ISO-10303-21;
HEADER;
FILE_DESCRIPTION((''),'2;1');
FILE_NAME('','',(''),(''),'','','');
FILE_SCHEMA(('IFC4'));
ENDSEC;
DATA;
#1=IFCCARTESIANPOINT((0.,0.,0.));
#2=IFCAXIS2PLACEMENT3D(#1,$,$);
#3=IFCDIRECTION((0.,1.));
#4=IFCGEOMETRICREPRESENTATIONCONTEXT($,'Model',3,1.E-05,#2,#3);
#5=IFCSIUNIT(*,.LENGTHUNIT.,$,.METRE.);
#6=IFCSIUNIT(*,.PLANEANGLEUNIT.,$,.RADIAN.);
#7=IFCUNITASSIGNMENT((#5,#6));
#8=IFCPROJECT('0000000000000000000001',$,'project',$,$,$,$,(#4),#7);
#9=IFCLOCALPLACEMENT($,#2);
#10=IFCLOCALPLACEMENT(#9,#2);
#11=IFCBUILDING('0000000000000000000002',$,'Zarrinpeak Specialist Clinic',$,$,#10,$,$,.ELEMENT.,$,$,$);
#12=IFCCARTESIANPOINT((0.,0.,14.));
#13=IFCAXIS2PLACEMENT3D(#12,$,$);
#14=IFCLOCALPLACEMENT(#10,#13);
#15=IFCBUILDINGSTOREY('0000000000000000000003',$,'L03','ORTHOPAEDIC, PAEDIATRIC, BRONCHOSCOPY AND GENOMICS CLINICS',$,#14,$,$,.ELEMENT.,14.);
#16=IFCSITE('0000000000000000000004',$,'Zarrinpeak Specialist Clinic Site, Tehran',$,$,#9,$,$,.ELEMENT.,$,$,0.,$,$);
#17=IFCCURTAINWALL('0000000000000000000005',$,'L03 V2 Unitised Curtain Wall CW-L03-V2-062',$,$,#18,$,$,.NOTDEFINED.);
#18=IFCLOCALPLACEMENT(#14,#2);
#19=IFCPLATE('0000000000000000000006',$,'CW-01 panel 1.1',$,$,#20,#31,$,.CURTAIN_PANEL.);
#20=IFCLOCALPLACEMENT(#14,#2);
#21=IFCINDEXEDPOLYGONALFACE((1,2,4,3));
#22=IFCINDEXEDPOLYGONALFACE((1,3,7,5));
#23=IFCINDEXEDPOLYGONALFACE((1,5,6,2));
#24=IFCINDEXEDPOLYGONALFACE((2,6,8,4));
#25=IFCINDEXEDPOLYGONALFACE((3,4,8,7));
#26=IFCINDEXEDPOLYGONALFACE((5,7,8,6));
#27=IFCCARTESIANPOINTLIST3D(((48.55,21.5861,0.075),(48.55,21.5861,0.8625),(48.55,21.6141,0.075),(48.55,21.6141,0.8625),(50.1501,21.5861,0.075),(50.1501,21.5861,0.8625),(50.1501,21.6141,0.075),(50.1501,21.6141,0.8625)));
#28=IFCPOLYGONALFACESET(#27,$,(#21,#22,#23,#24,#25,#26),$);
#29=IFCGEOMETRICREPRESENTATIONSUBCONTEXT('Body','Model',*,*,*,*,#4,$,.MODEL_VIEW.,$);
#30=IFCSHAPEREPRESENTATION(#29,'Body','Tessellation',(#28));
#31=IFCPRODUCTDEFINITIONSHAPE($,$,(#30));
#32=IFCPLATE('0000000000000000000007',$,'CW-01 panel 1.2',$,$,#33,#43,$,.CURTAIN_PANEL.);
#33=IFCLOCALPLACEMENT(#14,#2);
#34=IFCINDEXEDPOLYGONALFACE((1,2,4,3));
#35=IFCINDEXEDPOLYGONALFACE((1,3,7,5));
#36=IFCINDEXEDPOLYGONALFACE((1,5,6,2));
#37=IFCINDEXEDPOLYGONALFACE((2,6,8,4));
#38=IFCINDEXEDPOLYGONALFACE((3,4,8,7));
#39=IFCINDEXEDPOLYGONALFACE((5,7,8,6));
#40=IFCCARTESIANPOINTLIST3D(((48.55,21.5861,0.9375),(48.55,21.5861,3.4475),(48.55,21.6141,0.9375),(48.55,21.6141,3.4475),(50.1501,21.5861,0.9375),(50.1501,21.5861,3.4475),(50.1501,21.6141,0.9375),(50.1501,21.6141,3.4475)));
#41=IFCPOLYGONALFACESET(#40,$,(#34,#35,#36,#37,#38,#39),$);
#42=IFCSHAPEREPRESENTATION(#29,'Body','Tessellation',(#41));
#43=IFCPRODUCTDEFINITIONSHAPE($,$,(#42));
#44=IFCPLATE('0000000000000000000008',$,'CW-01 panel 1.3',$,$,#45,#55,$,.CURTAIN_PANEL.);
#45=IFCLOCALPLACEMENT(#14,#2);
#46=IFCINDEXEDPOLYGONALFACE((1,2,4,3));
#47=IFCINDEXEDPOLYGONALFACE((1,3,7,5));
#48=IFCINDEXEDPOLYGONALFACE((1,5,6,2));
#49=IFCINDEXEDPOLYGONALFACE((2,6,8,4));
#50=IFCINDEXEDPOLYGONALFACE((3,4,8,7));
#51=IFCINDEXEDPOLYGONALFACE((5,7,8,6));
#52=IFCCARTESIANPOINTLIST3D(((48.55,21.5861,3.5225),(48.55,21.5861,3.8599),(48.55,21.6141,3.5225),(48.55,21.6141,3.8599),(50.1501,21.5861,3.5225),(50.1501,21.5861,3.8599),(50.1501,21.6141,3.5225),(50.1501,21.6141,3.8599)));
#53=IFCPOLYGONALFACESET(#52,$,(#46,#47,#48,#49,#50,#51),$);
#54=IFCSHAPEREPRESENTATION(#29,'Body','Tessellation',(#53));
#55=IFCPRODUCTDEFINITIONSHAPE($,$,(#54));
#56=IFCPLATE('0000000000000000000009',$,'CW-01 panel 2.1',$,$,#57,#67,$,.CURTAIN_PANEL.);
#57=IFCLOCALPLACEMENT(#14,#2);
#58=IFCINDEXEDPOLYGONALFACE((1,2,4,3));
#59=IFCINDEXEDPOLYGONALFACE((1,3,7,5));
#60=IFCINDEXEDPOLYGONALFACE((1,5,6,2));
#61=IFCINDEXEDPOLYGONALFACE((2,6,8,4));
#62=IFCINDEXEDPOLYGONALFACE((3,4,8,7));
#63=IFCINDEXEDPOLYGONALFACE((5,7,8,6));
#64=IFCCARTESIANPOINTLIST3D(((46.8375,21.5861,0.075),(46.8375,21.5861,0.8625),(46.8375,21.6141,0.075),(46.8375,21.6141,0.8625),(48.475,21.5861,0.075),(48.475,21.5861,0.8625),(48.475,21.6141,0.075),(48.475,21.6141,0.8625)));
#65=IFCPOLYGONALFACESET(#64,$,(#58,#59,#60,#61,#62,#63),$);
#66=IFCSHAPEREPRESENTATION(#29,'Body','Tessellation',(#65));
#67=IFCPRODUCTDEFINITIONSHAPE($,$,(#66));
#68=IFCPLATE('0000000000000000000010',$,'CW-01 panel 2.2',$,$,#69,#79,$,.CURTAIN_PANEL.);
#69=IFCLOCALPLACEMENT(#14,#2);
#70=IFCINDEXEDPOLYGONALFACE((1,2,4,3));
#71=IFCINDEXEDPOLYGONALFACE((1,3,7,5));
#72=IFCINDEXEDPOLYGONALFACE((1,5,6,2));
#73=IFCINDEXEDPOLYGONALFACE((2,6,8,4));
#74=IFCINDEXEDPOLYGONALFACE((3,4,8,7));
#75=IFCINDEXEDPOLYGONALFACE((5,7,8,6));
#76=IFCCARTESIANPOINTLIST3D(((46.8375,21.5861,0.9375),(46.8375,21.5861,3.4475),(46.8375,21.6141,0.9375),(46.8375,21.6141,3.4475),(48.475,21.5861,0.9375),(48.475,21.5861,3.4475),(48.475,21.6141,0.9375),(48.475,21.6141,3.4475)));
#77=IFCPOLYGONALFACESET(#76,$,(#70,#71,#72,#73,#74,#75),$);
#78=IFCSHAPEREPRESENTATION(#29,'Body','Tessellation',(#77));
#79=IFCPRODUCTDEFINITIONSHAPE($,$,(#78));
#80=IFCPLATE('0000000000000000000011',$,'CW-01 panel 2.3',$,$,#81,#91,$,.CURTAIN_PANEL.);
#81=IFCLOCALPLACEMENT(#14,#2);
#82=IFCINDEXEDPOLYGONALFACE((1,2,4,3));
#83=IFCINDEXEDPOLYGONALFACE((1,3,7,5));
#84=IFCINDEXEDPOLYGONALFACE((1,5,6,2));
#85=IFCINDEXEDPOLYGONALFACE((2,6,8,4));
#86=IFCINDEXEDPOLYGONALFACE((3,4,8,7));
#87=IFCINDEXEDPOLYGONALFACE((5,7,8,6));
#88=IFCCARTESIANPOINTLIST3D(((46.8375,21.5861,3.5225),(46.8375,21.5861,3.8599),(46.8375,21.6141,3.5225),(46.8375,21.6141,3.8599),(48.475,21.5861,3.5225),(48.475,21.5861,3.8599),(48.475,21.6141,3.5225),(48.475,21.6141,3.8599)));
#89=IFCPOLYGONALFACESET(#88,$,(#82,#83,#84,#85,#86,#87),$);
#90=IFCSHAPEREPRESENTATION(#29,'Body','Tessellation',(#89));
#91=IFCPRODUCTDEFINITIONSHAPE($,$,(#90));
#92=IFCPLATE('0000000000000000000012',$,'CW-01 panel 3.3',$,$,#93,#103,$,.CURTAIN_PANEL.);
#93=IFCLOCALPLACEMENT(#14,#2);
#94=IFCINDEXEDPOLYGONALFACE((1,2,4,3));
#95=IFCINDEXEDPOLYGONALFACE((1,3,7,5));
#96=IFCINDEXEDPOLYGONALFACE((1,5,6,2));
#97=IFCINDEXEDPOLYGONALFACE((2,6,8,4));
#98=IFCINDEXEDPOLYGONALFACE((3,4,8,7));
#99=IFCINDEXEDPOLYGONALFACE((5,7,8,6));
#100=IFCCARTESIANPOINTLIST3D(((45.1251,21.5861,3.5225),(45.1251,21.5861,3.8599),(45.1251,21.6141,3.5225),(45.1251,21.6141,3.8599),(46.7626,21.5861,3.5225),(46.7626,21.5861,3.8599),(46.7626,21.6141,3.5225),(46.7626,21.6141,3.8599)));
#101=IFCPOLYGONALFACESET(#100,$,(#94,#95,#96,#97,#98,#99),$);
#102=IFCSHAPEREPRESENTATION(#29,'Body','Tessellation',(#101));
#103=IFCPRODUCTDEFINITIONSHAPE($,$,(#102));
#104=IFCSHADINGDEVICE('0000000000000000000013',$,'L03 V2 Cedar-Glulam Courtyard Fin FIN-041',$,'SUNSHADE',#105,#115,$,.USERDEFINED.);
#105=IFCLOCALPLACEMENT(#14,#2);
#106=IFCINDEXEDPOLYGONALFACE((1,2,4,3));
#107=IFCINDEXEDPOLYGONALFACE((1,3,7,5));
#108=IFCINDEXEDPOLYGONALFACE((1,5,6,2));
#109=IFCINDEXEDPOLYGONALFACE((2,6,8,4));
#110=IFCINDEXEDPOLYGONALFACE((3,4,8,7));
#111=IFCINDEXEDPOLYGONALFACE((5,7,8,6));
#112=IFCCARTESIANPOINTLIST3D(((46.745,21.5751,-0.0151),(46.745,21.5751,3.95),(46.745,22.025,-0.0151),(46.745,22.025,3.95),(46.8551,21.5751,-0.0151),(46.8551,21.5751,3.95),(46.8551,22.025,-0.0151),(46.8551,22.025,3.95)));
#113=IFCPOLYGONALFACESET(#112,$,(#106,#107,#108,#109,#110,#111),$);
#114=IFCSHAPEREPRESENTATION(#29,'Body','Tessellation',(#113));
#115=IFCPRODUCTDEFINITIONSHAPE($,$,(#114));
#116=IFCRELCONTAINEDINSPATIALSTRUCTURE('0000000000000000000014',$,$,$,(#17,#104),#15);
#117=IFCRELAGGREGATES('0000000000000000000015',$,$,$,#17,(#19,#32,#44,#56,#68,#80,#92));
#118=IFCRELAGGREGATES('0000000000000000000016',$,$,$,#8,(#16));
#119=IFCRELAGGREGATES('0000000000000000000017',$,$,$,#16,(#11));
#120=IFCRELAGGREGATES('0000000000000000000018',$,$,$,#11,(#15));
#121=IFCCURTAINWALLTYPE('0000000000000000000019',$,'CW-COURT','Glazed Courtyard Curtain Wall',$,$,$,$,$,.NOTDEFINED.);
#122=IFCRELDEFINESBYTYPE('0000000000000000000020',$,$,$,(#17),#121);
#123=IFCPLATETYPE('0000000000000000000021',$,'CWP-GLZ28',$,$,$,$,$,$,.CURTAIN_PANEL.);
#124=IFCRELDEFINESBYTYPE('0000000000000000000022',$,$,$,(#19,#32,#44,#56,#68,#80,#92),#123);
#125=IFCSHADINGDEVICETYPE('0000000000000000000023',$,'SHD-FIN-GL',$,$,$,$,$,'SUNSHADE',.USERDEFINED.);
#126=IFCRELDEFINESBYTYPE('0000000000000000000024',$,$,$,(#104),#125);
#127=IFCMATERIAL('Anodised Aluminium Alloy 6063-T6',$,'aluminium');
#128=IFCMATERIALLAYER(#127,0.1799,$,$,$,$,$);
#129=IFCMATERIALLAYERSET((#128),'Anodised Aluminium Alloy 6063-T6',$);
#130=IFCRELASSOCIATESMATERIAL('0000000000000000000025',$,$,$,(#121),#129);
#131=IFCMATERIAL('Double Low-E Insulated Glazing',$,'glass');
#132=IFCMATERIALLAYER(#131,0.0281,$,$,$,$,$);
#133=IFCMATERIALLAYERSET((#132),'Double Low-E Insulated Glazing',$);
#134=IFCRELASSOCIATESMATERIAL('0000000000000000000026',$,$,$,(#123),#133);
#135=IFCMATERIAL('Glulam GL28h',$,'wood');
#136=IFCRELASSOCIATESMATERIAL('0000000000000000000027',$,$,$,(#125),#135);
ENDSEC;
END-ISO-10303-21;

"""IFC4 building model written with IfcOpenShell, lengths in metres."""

from ifc_helpers import new_model, si_unit, direction, frame, origin, origin_2d, place, context, subcontext, project, spatial, rectangle, extrude, material, layer, layer_set, type_object, element, aggregate, save


model = new_model("IFC4")

# Units and contexts
model_context = context("Model", 3, precision=1e-05, world=origin(), true_north=direction((0.0, 1.0)))
body_context = subcontext(model_context, "Body", "Model", "MODEL_VIEW")
ifc_project = project(units=[si_unit("LENGTHUNIT", "METRE"), si_unit("PLANEANGLEUNIT", "RADIAN")], contexts=[model_context])

# Site, building, storey
site_placement = place(None, origin())
site = spatial("IfcSite", under=ifc_project, at=site_placement, Name="Zarrinpeak Specialist Clinic Site, Tehran", CompositionType="ELEMENT", RefElevation=0.0)
building_placement = place(site_placement, origin())
building = spatial("IfcBuilding", under=site, at=building_placement, Name="Zarrinpeak Specialist Clinic", CompositionType="ELEMENT")
storey_placement = place(building_placement, frame((0.0, 0.0, 14.0)))
storey = spatial("IfcBuildingStorey", under=building, at=storey_placement, Name="L03", Description="ORTHOPAEDIC, PAEDIATRIC, BRONCHOSCOPY AND GENOMICS CLINICS", CompositionType="ELEMENT", Elevation=14.0)

# Curtain wall, plates
ifc_material_1 = material(Name="Anodised Aluminium Alloy 6063-T6", Category="aluminium")
ifc_layer_1 = layer(ifc_material_1, 0.1799)
ifc_layer_set_1 = layer_set([ifc_layer_1], Name="Anodised Aluminium Alloy 6063-T6")
curtain_wall_type = type_object("IfcCurtainWallType", Name="CW-COURT", Description="Glazed Courtyard Curtain Wall", PredefinedType="NOTDEFINED", material=ifc_layer_set_1)
curtain_wall_placement = place(storey_placement, origin())
curtain_wall = element("IfcCurtainWall", 1, at=curtain_wall_placement, inside=storey, type_object=curtain_wall_type, Name="L03 V2 Unitised Curtain Wall CW-L03-V2-062", PredefinedType="NOTDEFINED")
ifc_material_2 = material(Name="Double Low-E Insulated Glazing", Category="glass")
ifc_layer_2 = layer(ifc_material_2, 0.0281)
ifc_layer_set_2 = layer_set([ifc_layer_2], Name="Double Low-E Insulated Glazing")
plate_type = type_object("IfcPlateType", Name="CWP-GLZ28", PredefinedType="CURTAIN_PANEL", material=ifc_layer_set_2)
plate_1_placement = place(storey_placement, frame((49.3501, 21.6001, 0.075), z_axis=(0.0, 0.0, 1.0), x_axis=(-1.0, 0.0, 0.0)))
plate_1 = element("IfcPlate", 2, at=plate_1_placement, type_object=plate_type, Name="CW-01 panel 1.1", PredefinedType="CURTAIN_PANEL", context=body_context, shape_type="SweptSolid", body=[
    extrude(rectangle(XDim=1.6001, YDim=0.0281, at=origin_2d()), origin(), (0.0, 0.0, 1.0), 0.7876),
])
plate_2_placement = place(storey_placement, frame((49.3501, 21.6001, 0.9375), z_axis=(0.0, 0.0, 1.0), x_axis=(-1.0, 0.0, 0.0)))
plate_2 = element("IfcPlate", 3, at=plate_2_placement, type_object=plate_type, Name="CW-01 panel 1.2", PredefinedType="CURTAIN_PANEL", context=body_context, shape_type="SweptSolid", body=[
    extrude(rectangle(XDim=1.6001, YDim=0.0281, at=origin_2d()), origin(), (0.0, 0.0, 1.0), 2.51),
])
plate_3_placement = place(storey_placement, frame((49.3501, 21.6001, 3.5225), z_axis=(0.0, 0.0, 1.0), x_axis=(-1.0, 0.0, 0.0)))
plate_3 = element("IfcPlate", 4, at=plate_3_placement, type_object=plate_type, Name="CW-01 panel 1.3", PredefinedType="CURTAIN_PANEL", context=body_context, shape_type="SweptSolid", body=[
    extrude(rectangle(XDim=1.6001, YDim=0.0281, at=origin_2d()), origin(), (0.0, 0.0, 1.0), 0.3374),
])
plate_4_placement = place(storey_placement, frame((47.6562, 21.6001, 0.075), z_axis=(0.0, 0.0, 1.0), x_axis=(-1.0, 0.0, 0.0)))
plate_4 = element("IfcPlate", 5, at=plate_4_placement, type_object=plate_type, Name="CW-01 panel 2.1", PredefinedType="CURTAIN_PANEL", context=body_context, shape_type="SweptSolid", body=[
    extrude(rectangle(XDim=1.6375, YDim=0.0281, at=origin_2d()), origin(), (0.0, 0.0, 1.0), 0.7876),
])
plate_5_placement = place(storey_placement, frame((47.6562, 21.6001, 0.9375), z_axis=(0.0, 0.0, 1.0), x_axis=(-1.0, 0.0, 0.0)))
plate_5 = element("IfcPlate", 6, at=plate_5_placement, type_object=plate_type, Name="CW-01 panel 2.2", PredefinedType="CURTAIN_PANEL", context=body_context, shape_type="SweptSolid", body=[
    extrude(rectangle(XDim=1.6375, YDim=0.0281, at=origin_2d()), origin(), (0.0, 0.0, 1.0), 2.51),
])
plate_6_placement = place(storey_placement, frame((47.6562, 21.6001, 3.5225), z_axis=(0.0, 0.0, 1.0), x_axis=(-1.0, 0.0, 0.0)))
plate_6 = element("IfcPlate", 7, at=plate_6_placement, type_object=plate_type, Name="CW-01 panel 2.3", PredefinedType="CURTAIN_PANEL", context=body_context, shape_type="SweptSolid", body=[
    extrude(rectangle(XDim=1.6375, YDim=0.0281, at=origin_2d()), origin(), (0.0, 0.0, 1.0), 0.3374),
])
plate_7_placement = place(storey_placement, frame((45.9438, 21.6001, 3.5225), z_axis=(0.0, 0.0, 1.0), x_axis=(-1.0, 0.0, 0.0)))
plate_7 = element("IfcPlate", 8, at=plate_7_placement, type_object=plate_type, Name="CW-01 panel 3.3", PredefinedType="CURTAIN_PANEL", context=body_context, shape_type="SweptSolid", body=[
    extrude(rectangle(XDim=1.6375, YDim=0.0281, at=origin_2d()), origin(), (0.0, 0.0, 1.0), 0.3374),
])
aggregate(curtain_wall, [plate_1, plate_2, plate_3, plate_4, plate_5, plate_6, plate_7])

# Shading device
ifc_material_3 = material(Name="Glulam GL28h", Category="wood")
shading_device_type = type_object("IfcShadingDeviceType", Name="SHD-FIN-GL", ElementType="SUNSHADE", PredefinedType="USERDEFINED", material=ifc_material_3)
shading_device_placement = place(storey_placement, frame((46.8, 21.8, -0.0151), z_axis=(0.0, 0.0, 1.0), x_axis=(1.0, 0.0, 0.0)))
element("IfcShadingDevice", 9, at=shading_device_placement, inside=storey, type_object=shading_device_type, Name="L03 V2 Cedar-Glulam Courtyard Fin FIN-041", ObjectType="SUNSHADE", PredefinedType="USERDEFINED", context=body_context, shape_type="SweptSolid", body=[
    extrude(rectangle(XDim=0.1101, YDim=0.45, at=origin_2d()), origin(), (0.0, 0.0, 1.0), 3.9651),
])

save(model, "model.ifc")
